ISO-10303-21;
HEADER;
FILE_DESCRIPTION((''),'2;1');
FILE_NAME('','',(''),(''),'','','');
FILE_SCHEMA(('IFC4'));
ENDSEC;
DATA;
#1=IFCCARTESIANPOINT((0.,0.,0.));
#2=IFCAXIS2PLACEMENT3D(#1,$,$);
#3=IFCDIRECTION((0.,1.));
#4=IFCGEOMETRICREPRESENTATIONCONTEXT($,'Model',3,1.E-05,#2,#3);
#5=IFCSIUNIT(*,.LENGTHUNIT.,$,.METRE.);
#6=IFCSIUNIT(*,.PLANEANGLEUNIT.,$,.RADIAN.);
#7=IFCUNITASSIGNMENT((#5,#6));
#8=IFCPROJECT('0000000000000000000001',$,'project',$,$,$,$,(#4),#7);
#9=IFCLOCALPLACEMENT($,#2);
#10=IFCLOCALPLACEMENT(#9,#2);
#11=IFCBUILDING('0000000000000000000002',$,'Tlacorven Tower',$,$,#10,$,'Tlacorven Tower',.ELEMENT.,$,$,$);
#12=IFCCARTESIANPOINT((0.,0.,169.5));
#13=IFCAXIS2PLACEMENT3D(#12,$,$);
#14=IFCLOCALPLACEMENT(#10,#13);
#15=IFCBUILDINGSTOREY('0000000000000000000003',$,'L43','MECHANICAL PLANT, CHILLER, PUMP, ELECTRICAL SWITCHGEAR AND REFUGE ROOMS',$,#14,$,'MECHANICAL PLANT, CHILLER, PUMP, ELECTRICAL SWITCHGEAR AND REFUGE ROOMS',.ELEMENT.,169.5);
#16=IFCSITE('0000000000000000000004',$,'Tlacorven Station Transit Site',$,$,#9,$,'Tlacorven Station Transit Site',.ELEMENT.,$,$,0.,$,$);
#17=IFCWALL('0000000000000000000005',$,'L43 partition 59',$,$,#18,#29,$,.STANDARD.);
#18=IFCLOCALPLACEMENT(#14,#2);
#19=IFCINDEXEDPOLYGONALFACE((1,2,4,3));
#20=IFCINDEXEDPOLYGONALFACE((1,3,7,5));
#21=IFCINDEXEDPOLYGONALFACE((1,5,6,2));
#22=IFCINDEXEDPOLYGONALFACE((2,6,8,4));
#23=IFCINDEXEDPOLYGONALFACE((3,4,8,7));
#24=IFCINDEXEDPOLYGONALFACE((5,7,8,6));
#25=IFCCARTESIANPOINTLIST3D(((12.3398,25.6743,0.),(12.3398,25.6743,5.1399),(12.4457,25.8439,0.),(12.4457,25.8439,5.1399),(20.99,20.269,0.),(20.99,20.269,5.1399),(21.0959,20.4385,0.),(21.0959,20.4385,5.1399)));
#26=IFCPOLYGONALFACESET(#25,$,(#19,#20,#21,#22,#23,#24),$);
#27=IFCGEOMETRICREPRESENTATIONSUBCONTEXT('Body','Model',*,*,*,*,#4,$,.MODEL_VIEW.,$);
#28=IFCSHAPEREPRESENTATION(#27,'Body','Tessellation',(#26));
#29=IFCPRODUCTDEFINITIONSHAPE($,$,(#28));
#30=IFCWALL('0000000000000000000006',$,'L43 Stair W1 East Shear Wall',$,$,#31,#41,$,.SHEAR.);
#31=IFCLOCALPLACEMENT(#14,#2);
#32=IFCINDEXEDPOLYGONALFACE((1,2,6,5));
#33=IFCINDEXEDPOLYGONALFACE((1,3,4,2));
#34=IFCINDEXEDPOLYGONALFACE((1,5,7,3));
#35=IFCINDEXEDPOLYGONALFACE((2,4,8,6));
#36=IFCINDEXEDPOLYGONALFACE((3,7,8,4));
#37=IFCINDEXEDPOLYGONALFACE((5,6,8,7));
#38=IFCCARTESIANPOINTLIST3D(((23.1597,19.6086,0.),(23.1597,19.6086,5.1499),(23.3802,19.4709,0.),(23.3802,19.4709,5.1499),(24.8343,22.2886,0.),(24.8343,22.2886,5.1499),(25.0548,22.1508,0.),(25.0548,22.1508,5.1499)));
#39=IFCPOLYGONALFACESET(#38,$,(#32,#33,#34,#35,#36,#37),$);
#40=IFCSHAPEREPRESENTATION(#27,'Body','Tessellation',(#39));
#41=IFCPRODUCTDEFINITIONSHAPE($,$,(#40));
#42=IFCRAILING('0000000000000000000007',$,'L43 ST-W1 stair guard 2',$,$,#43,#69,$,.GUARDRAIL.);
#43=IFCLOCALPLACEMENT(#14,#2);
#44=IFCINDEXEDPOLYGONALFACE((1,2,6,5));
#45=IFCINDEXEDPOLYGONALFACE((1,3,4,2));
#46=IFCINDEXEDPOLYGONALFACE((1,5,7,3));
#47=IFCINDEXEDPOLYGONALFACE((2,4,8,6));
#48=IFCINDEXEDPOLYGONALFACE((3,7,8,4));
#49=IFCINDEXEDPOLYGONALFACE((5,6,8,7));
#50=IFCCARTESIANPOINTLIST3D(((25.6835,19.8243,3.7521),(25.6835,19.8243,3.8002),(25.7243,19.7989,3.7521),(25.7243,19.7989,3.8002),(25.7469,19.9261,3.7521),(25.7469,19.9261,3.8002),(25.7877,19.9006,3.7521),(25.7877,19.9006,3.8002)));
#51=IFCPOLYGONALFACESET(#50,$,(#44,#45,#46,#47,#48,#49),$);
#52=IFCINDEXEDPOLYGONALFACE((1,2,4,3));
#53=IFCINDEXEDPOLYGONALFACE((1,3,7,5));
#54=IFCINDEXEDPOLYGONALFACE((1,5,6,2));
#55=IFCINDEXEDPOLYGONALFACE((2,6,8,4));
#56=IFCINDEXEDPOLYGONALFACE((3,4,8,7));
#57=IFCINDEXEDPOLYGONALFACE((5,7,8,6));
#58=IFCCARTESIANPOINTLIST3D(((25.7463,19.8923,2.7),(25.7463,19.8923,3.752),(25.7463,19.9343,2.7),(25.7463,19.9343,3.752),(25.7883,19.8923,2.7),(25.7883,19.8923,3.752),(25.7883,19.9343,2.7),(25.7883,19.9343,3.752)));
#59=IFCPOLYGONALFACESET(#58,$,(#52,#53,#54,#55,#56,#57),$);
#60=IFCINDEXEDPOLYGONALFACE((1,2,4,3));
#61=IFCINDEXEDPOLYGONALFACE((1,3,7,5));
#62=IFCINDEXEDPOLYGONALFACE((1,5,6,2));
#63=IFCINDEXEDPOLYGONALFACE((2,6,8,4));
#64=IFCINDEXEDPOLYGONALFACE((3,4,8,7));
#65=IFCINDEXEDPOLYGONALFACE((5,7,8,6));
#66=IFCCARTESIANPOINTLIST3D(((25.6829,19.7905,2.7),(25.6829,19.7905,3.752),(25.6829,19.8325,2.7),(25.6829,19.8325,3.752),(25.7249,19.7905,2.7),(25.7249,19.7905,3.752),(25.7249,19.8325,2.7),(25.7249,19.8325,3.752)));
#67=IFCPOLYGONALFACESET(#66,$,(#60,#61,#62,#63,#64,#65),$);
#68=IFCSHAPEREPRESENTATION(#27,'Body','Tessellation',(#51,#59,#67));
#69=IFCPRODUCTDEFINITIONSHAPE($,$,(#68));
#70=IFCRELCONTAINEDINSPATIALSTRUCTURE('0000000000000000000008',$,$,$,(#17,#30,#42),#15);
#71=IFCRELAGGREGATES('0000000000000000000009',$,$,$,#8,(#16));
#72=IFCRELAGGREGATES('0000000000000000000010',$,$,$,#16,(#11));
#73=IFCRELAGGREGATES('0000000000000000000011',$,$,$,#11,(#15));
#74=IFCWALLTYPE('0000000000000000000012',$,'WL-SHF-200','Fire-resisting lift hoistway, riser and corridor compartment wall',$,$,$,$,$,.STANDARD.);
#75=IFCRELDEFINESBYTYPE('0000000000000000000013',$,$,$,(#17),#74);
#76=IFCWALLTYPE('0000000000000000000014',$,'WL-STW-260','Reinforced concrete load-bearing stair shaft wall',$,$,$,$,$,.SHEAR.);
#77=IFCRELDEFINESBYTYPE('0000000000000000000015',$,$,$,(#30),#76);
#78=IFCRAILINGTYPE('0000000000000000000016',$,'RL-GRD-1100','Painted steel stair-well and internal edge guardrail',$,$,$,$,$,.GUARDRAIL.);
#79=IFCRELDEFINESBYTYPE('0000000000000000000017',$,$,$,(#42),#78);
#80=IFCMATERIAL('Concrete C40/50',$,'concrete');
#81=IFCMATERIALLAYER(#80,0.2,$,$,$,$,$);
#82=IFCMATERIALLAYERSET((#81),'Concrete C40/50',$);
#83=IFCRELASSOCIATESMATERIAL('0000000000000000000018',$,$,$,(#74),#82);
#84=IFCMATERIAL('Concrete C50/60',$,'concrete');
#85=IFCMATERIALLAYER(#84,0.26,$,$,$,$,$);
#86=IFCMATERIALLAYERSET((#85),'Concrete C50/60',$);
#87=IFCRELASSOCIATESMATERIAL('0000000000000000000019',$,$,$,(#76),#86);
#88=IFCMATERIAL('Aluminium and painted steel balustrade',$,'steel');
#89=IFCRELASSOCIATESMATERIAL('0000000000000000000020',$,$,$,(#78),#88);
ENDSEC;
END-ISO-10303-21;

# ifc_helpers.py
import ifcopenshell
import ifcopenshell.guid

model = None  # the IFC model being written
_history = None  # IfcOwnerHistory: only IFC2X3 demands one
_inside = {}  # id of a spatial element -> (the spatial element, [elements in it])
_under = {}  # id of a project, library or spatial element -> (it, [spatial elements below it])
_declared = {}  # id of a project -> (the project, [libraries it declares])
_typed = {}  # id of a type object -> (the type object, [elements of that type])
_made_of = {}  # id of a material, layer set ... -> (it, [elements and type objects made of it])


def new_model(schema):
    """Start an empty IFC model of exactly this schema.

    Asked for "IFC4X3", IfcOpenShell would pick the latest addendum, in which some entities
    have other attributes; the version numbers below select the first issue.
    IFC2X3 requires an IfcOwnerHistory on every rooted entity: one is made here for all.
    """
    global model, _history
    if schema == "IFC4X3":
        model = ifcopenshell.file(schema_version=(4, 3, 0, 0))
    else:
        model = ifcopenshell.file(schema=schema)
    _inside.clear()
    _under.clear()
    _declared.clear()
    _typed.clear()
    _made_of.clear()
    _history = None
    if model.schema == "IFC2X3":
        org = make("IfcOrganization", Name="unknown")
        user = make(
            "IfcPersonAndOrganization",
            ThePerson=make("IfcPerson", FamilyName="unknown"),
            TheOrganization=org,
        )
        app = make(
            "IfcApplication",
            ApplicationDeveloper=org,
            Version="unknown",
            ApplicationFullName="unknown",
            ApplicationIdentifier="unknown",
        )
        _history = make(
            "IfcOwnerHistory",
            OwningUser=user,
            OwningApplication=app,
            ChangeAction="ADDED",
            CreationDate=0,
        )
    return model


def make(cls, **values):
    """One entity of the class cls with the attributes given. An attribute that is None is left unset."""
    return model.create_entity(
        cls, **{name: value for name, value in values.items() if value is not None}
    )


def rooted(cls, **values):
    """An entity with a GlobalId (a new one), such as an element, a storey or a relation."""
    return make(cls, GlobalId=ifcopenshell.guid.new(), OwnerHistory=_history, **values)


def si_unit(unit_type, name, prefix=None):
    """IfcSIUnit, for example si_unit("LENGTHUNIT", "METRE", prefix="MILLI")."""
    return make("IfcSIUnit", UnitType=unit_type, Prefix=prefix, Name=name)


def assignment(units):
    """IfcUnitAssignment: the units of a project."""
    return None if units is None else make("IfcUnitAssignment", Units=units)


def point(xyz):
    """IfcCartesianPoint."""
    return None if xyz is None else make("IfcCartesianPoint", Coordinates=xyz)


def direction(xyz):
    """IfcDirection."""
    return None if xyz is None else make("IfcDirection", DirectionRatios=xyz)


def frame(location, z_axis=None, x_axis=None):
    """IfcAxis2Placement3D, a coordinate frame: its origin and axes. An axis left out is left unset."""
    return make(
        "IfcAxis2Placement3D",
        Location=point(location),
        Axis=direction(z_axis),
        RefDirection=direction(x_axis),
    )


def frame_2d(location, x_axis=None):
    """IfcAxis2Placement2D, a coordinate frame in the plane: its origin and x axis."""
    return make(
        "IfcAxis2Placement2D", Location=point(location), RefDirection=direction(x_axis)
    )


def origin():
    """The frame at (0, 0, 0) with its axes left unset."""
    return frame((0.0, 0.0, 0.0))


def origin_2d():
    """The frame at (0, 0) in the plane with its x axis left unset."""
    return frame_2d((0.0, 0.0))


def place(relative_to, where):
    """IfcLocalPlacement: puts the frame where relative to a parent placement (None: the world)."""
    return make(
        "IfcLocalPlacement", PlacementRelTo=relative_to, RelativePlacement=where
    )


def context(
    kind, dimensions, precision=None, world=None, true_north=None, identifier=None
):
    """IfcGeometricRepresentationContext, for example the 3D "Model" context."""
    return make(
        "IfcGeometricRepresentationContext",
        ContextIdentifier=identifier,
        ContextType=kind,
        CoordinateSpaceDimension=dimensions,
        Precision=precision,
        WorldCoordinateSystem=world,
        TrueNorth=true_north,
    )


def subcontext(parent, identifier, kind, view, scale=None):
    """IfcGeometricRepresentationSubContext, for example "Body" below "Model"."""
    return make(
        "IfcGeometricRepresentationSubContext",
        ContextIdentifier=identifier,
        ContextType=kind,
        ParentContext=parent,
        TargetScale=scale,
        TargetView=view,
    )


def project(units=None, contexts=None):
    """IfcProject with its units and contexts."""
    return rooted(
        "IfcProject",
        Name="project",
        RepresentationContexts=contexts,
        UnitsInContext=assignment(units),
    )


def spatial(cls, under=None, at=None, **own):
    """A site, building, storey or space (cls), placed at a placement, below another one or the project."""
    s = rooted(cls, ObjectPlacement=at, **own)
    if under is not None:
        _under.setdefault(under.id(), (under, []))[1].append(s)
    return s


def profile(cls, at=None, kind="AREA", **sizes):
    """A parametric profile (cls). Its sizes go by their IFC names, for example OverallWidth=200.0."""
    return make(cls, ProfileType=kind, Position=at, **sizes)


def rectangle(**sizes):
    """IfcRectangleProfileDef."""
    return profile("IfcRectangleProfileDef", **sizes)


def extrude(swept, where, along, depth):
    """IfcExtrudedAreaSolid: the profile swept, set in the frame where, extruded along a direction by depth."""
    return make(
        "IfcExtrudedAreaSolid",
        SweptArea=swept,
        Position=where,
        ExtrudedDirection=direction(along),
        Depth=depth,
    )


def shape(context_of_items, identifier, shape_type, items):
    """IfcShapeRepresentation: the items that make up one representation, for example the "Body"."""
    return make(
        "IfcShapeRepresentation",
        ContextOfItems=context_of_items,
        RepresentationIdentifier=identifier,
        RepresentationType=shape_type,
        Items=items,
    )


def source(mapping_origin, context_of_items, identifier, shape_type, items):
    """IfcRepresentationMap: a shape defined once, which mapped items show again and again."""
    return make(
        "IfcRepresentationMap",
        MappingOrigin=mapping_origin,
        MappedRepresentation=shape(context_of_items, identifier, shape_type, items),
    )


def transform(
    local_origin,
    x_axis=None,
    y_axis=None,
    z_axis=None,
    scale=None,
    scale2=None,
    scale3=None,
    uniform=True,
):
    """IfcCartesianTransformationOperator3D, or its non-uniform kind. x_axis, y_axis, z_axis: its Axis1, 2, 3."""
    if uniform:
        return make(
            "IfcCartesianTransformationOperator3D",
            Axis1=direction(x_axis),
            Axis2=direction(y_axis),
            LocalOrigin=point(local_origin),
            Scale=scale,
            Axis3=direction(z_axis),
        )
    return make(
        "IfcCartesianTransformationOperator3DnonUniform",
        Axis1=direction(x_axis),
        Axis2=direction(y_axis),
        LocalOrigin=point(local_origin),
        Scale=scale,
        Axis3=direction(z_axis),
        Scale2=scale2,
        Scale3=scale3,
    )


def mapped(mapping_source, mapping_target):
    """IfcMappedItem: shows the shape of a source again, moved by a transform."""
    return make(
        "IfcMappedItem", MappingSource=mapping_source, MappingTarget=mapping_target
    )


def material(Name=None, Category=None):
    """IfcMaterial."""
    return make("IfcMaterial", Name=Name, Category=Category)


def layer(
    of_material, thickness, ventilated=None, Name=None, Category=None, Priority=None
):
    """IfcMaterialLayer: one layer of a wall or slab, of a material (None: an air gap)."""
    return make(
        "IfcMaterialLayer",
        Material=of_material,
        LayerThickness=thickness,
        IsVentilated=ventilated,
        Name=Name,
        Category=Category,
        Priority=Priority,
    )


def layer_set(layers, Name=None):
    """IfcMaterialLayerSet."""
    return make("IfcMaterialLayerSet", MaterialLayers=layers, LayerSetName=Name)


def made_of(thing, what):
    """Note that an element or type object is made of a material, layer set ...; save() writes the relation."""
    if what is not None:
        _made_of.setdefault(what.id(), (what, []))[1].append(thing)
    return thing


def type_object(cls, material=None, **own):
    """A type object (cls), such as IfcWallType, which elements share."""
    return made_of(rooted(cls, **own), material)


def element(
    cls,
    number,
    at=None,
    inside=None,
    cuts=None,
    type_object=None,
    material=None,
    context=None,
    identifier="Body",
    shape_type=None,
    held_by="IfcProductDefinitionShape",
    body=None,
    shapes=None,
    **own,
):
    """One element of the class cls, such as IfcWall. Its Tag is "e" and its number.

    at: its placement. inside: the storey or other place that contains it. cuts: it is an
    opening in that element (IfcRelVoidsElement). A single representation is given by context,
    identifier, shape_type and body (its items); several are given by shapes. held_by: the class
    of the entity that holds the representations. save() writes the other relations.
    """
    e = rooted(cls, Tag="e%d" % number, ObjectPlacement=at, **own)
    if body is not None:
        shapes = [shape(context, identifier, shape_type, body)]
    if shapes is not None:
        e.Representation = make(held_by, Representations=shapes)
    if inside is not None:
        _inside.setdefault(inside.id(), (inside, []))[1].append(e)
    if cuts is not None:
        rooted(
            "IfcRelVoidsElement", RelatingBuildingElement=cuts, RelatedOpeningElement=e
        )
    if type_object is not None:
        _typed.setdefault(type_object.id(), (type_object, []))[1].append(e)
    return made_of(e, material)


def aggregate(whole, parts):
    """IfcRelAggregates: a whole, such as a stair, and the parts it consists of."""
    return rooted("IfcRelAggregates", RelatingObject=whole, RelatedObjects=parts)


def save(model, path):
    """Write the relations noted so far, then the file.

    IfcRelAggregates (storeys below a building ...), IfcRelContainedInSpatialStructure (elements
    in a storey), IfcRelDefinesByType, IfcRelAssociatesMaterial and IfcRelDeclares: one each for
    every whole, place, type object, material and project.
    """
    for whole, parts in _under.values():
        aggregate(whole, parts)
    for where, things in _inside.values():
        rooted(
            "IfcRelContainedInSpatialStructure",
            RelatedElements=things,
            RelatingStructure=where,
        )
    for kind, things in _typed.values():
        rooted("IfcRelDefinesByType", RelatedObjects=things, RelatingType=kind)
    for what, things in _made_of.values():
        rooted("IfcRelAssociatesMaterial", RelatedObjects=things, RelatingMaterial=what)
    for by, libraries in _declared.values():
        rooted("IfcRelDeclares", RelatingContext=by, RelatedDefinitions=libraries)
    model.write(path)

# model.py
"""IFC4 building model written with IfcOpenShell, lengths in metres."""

from ifc_helpers import new_model, si_unit, direction, frame, frame_2d, origin, origin_2d, place, context, subcontext, project, spatial, rectangle, extrude, source, transform, mapped, material, layer, layer_set, type_object, element, save


model = new_model("IFC4")

# Units and contexts
model_context = context("Model", 3, precision=1e-05, world=origin(), true_north=direction((0.0, 1.0)))
body_context = subcontext(model_context, "Body", "Model", "MODEL_VIEW")
ifc_project = project(units=[si_unit("LENGTHUNIT", "METRE"), si_unit("PLANEANGLEUNIT", "RADIAN")], contexts=[model_context])

# Site, building, storey
site_placement = place(None, origin())
site = spatial("IfcSite", under=ifc_project, at=site_placement, Name="Tlacorven Station Transit Site", LongName="Tlacorven Station Transit Site", CompositionType="ELEMENT", RefElevation=0.0)
building_placement = place(site_placement, origin())
building = spatial("IfcBuilding", under=site, at=building_placement, Name="Tlacorven Tower", LongName="Tlacorven Tower", CompositionType="ELEMENT")
storey_placement = place(building_placement, frame((0.0, 0.0, 169.5)))
storey = spatial("IfcBuildingStorey", under=building, at=storey_placement, Name="L43", Description="MECHANICAL PLANT, CHILLER, PUMP, ELECTRICAL SWITCHGEAR AND REFUGE ROOMS", LongName="MECHANICAL PLANT, CHILLER, PUMP, ELECTRICAL SWITCHGEAR AND REFUGE ROOMS", CompositionType="ELEMENT", Elevation=169.5)

# Shared definitions
ifc_material_1 = material(Name="Concrete C40/50", Category="concrete")
ifc_layer_1 = layer(ifc_material_1, 0.2)
ifc_layer_set_1 = layer_set([ifc_layer_1], Name="Concrete C40/50")
wall_type_1 = type_object("IfcWallType", Name="WL-SHF-200", Description="Fire-resisting lift hoistway, riser and corridor compartment wall", PredefinedType="STANDARD", material=ifc_layer_set_1)

# Walls
wall_1_placement = place(storey_placement, frame((21.043, 20.3538, 0.0), z_axis=(0.0, 0.0, 1.0), x_axis=(-0.848045, 0.529924, 0.0)))
element("IfcWall", 1, at=wall_1_placement, inside=storey, type_object=wall_type_1, Name="L43 partition 59", PredefinedType="STANDARD", context=body_context, shape_type="SweptSolid", body=[
    extrude(rectangle(XDim=10.2002, YDim=0.2, at=frame_2d((5.1001, 0.0))), origin(), (0.0, 0.0, 1.0), 5.1399),
])
ifc_material_2 = material(Name="Concrete C50/60", Category="concrete")
ifc_layer_2 = layer(ifc_material_2, 0.26)
ifc_layer_set_2 = layer_set([ifc_layer_2], Name="Concrete C50/60")
wall_type_2 = type_object("IfcWallType", Name="WL-STW-260", Description="Reinforced concrete load-bearing stair shaft wall", PredefinedType="SHEAR", material=ifc_layer_set_2)
wall_2_placement = place(storey_placement, frame((24.9446, 22.2197, 0.0), z_axis=(0.0, 0.0, 1.0), x_axis=(-0.529909, -0.848055, 0.0)))
element("IfcWall", 2, at=wall_2_placement, inside=storey, type_object=wall_type_2, Name="L43 Stair W1 East Shear Wall", PredefinedType="SHEAR", context=body_context, shape_type="SweptSolid", body=[
    extrude(rectangle(XDim=3.1602, YDim=0.26, at=frame_2d((1.5801, 0.0))), origin(), (0.0, 0.0, 1.0), 5.1499),
])

# Railing
ifc_material_3 = material(Name="Aluminium and painted steel balustrade", Category="steel")
railing_type = type_object("IfcRailingType", Name="RL-GRD-1100", Description="Painted steel stair-well and internal edge guardrail", PredefinedType="GUARDRAIL", material=ifc_material_3)
shared_shape_1 = source(origin(), body_context, "Body", "SweptSolid", [
    extrude(rectangle(XDim=0.0481, YDim=0.0481, at=origin_2d()), frame((0.0, 0.0, 1.0762), z_axis=(-0.529084, -0.848569, 0.0), x_axis=(0.848569, -0.529084, 0.0)), (0.0, 0.0, 1.0), 0.1199),
    extrude(rectangle(XDim=0.042, YDim=0.042, at=origin_2d()), origin(), (0.0, 0.0, 1.0), 1.052),
    extrude(rectangle(XDim=0.042, YDim=0.042, at=origin_2d()), frame((-0.0635, -0.1018, 0.0)), (0.0, 0.0, 1.0), 1.052),
])
railing_placement = place(storey_placement, frame((25.7673, 19.9133, 2.7)))
element("IfcRailing", 3, at=railing_placement, inside=storey, type_object=railing_type, Name="L43 ST-W1 stair guard 2", PredefinedType="GUARDRAIL", context=body_context, shape_type="MappedRepresentation", body=[
    mapped(shared_shape_1, transform((0.0, 0.0, 0.0), scale=1.0)),
])

save(model, "model.ifc")
